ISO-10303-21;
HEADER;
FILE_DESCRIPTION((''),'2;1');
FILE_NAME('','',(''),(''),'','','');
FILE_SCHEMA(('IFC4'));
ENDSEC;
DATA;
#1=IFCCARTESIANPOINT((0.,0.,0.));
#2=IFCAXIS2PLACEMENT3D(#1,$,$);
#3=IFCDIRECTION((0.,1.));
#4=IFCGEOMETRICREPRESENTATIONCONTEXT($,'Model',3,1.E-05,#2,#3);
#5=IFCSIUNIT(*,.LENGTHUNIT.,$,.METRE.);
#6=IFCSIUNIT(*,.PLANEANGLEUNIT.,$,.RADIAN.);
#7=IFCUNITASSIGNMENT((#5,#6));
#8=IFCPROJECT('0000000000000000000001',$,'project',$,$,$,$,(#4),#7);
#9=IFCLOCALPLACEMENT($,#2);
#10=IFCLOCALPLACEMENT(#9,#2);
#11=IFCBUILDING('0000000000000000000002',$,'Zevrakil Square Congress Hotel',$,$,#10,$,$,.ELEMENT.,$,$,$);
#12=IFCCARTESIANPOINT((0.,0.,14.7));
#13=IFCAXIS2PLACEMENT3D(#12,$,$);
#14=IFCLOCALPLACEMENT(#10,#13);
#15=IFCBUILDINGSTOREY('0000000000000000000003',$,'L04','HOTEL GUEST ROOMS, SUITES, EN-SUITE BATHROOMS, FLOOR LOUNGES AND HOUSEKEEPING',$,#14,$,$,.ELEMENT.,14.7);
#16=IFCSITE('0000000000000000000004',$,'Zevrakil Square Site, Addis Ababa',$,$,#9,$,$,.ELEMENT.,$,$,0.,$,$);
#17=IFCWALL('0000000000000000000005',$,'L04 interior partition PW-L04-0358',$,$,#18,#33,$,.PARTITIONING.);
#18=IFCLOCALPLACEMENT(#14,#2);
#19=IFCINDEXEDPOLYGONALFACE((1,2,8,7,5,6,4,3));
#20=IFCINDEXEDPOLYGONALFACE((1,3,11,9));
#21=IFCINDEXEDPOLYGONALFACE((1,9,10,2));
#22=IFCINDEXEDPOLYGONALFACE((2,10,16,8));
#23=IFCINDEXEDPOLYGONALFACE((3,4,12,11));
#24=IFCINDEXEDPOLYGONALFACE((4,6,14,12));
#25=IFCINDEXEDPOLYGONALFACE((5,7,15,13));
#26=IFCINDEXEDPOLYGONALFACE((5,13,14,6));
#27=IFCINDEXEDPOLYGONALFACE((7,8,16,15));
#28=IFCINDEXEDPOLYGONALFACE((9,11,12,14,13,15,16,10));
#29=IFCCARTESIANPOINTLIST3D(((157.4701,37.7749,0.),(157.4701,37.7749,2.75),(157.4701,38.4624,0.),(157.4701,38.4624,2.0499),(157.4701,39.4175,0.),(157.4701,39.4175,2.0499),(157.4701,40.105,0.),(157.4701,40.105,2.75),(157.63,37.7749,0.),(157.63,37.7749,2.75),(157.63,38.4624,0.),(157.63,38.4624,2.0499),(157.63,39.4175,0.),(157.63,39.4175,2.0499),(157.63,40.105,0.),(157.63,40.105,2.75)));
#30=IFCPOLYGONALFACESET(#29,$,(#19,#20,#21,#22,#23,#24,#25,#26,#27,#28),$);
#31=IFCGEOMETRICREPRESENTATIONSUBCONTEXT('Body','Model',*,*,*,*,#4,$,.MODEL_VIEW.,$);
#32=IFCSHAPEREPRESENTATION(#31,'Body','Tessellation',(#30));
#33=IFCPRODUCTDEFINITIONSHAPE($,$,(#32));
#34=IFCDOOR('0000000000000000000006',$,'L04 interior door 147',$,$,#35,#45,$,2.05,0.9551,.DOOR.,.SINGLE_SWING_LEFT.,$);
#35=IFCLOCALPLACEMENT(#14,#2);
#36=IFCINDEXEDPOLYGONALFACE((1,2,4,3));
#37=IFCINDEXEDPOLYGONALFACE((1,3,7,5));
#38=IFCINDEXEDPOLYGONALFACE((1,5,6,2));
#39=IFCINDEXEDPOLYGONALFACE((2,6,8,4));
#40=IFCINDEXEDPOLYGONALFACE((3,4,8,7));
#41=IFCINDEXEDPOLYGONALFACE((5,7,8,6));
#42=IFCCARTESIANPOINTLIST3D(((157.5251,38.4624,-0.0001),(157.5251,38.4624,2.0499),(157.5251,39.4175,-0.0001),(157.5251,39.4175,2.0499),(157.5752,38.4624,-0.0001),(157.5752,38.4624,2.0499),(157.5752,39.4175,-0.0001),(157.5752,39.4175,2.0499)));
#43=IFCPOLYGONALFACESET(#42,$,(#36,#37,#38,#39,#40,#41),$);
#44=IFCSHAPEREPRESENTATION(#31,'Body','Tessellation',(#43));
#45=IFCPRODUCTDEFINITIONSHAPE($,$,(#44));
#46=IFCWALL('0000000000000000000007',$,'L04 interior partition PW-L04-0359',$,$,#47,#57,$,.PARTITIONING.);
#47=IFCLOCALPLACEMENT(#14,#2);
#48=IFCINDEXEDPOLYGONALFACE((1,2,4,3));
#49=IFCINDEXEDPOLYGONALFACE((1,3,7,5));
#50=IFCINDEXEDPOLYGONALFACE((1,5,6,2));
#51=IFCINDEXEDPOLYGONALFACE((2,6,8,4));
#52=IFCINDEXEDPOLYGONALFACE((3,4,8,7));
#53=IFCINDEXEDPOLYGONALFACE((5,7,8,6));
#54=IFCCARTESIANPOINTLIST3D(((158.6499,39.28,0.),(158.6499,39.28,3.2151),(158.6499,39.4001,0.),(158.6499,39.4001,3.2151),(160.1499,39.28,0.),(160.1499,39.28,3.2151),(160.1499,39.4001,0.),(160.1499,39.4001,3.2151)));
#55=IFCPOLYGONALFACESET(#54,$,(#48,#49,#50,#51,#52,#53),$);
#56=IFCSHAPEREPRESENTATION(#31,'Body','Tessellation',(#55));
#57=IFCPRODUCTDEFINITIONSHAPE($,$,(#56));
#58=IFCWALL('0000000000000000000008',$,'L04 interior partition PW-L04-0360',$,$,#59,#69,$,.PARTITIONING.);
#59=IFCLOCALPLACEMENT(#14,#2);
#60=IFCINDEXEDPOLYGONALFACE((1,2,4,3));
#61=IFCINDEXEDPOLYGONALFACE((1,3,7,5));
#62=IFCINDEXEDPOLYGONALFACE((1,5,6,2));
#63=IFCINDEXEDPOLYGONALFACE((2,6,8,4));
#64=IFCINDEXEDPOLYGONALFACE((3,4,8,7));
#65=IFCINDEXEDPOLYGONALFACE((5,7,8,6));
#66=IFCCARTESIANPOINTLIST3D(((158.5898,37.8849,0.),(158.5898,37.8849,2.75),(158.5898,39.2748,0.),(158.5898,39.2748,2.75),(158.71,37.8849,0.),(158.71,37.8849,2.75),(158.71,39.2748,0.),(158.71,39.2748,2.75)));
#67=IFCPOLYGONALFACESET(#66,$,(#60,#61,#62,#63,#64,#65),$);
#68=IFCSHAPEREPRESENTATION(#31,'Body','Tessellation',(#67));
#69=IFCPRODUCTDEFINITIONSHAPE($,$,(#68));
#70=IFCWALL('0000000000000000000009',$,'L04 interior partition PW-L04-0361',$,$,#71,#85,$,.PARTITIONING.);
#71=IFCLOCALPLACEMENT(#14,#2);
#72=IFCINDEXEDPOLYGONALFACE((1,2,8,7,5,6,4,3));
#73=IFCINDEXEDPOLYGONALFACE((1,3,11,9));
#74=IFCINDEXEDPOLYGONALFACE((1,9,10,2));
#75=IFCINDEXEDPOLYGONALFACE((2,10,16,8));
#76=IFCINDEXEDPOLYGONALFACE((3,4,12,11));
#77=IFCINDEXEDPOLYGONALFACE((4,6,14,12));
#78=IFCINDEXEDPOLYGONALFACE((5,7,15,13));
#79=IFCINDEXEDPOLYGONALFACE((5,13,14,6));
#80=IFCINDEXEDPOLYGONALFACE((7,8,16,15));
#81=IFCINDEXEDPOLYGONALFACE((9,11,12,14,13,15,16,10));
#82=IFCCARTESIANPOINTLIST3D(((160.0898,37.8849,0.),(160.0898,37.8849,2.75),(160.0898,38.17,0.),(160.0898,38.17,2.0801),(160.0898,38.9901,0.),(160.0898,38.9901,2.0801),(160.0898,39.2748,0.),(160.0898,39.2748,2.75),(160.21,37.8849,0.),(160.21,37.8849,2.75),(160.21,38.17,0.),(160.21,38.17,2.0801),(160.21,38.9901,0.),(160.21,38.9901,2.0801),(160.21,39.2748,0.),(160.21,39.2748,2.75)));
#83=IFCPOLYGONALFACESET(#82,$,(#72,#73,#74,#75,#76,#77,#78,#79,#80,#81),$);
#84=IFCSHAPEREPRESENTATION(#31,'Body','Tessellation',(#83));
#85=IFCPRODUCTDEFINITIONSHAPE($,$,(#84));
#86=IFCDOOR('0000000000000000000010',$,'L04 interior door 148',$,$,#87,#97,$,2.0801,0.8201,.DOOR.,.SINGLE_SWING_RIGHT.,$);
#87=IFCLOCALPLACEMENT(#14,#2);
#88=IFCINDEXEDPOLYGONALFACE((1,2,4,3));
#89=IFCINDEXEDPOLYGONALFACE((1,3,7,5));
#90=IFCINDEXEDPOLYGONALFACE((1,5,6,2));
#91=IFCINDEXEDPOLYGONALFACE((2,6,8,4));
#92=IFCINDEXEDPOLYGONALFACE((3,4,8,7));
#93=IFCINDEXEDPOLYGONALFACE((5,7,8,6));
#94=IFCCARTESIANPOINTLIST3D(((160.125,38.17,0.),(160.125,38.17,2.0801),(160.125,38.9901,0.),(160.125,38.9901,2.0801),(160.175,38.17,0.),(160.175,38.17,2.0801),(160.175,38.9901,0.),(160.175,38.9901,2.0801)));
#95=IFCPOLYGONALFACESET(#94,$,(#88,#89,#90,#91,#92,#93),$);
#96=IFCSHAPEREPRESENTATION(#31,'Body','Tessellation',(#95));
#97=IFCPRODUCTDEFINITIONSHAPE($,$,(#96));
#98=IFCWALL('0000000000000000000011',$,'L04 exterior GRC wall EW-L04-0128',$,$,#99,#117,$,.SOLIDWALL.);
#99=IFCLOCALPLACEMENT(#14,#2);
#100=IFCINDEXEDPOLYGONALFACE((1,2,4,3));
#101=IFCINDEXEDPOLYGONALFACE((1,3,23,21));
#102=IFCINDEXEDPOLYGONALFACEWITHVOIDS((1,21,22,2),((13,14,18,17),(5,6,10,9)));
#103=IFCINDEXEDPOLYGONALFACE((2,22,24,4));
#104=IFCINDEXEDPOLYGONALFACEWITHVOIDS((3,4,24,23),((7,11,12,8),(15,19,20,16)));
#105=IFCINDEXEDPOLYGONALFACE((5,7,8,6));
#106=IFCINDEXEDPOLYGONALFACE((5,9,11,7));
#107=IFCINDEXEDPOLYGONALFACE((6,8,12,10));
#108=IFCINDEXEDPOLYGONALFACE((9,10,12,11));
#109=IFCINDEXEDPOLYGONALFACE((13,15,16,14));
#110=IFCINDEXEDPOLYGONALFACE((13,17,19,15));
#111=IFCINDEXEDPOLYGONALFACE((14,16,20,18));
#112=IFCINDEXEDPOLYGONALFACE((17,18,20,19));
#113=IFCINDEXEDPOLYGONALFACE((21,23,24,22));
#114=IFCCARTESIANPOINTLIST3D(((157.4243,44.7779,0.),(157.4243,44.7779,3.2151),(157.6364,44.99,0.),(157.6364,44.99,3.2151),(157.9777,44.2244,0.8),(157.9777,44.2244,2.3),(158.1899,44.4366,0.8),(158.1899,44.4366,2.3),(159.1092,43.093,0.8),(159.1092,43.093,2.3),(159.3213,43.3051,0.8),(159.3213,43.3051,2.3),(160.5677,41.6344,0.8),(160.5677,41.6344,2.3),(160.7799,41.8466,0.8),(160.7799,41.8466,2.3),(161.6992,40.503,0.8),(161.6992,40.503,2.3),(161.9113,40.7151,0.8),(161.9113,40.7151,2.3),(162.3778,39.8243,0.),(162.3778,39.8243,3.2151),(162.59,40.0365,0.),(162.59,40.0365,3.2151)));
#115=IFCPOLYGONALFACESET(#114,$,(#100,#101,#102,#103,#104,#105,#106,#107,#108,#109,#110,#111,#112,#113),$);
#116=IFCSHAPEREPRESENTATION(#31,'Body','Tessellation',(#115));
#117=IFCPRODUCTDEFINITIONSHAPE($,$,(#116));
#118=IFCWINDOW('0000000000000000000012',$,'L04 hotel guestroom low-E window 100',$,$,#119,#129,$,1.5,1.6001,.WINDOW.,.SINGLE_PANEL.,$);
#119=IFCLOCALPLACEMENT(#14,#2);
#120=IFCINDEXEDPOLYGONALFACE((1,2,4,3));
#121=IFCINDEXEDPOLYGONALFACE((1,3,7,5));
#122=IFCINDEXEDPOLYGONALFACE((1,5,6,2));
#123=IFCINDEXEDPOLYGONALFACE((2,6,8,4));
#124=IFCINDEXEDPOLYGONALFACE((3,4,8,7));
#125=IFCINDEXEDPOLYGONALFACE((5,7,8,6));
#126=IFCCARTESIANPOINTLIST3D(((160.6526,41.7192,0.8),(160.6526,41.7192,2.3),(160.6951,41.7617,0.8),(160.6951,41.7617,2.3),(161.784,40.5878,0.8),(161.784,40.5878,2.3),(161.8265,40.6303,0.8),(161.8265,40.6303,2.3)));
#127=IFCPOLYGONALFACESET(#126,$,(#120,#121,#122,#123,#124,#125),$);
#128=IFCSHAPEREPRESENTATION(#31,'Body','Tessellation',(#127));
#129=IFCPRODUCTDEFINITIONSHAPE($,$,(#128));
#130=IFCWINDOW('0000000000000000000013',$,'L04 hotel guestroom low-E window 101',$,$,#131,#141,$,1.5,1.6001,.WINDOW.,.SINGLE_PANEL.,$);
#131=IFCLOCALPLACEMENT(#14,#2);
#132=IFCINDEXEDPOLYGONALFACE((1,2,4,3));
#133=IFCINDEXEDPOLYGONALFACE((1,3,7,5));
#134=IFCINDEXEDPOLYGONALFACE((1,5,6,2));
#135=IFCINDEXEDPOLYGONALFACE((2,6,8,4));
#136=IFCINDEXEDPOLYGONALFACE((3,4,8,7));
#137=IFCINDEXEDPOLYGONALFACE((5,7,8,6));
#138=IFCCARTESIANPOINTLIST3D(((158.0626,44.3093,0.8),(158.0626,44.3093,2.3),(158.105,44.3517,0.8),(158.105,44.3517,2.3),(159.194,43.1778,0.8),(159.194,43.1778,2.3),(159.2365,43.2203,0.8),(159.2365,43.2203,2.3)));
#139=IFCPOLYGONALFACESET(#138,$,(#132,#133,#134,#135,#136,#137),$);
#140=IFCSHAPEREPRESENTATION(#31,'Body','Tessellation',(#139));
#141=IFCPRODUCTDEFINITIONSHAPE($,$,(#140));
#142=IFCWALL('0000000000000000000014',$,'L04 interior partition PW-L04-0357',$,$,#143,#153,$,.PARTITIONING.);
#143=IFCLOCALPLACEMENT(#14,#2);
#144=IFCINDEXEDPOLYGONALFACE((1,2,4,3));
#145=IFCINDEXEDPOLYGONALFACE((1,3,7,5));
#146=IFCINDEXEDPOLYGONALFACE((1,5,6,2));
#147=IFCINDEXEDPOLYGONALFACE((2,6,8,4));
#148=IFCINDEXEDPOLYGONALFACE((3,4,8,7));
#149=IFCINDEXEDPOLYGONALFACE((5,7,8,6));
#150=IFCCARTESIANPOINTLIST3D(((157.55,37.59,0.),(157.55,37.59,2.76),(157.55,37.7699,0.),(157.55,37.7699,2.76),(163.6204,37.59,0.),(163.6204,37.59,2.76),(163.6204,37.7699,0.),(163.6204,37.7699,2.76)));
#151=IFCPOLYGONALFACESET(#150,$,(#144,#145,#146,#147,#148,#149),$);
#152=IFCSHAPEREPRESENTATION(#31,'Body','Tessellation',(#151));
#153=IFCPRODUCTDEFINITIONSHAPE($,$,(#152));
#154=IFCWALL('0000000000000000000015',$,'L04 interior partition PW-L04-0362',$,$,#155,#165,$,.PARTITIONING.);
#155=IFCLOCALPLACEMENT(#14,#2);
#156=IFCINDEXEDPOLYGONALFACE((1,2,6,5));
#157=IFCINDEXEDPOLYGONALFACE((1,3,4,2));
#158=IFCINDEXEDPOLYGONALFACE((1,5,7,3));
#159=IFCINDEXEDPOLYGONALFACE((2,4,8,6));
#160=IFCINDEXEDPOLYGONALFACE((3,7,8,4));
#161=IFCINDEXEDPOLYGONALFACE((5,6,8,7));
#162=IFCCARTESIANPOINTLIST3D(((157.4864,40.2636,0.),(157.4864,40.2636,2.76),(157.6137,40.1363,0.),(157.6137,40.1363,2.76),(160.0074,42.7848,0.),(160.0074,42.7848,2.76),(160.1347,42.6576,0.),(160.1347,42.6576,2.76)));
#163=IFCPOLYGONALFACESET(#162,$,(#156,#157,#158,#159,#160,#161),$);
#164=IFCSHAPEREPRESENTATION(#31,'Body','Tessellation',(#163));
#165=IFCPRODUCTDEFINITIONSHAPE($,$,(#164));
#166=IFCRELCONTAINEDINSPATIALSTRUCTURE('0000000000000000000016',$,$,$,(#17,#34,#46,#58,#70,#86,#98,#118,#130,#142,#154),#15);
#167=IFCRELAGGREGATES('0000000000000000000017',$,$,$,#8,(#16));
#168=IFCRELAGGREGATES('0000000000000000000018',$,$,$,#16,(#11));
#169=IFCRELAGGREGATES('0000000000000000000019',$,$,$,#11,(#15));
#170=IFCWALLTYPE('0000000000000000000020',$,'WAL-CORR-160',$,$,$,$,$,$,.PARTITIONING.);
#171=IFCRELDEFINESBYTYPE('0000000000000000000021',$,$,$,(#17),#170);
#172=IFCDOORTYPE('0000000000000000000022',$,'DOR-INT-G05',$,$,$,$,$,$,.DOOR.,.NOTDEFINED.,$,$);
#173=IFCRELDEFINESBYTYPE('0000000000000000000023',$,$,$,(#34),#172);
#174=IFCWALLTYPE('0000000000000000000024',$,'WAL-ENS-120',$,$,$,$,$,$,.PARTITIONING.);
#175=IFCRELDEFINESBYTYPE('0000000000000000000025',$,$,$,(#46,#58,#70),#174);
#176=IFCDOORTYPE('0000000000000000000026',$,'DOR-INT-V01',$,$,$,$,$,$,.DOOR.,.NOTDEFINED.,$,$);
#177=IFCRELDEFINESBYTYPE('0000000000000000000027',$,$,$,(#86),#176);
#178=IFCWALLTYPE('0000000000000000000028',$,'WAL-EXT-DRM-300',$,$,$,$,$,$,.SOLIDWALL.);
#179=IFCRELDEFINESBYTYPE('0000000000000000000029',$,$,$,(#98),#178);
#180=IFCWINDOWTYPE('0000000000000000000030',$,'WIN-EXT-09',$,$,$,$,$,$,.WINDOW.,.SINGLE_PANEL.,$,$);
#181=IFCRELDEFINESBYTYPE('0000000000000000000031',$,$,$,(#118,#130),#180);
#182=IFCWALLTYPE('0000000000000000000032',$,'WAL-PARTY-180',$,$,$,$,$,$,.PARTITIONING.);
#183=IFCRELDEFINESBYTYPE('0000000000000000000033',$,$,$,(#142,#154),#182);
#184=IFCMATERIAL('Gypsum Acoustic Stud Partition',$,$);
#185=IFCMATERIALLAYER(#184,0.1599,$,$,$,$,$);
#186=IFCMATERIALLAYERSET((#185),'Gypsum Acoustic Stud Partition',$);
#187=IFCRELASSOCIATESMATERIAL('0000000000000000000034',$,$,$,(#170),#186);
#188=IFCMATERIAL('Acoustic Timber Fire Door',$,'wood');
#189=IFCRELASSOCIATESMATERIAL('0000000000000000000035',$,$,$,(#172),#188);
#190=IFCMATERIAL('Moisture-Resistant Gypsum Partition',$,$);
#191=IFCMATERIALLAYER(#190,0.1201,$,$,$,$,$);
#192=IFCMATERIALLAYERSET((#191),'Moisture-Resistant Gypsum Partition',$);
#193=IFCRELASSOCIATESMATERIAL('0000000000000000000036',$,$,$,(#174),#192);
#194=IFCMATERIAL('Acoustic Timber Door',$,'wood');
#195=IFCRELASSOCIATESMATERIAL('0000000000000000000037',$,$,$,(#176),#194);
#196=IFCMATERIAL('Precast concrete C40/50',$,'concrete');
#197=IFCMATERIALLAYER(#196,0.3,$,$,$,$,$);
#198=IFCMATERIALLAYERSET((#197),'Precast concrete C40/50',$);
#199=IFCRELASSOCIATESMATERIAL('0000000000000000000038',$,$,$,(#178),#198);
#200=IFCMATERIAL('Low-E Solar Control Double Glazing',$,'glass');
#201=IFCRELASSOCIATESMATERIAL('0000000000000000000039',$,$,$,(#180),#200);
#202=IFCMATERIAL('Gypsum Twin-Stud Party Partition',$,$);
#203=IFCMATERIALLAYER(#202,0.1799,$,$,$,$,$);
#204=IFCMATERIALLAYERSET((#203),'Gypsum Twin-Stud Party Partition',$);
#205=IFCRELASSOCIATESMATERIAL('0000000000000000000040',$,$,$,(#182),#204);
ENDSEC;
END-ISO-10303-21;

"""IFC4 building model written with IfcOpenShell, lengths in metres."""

from ifc_helpers import new_model, si_unit, direction, frame, frame_2d, origin, place, context, subcontext, project, spatial, rectangle, extrude, material, layer, layer_set, type_object, element, fill, save


model = new_model("IFC4")

# Units and contexts
model_context = context("Model", 3, precision=1e-05, world=origin(), true_north=direction((0.0, 1.0)))
body_context = subcontext(model_context, "Body", "Model", "MODEL_VIEW")
ifc_project = project(units=[si_unit("LENGTHUNIT", "METRE"), si_unit("PLANEANGLEUNIT", "RADIAN")], contexts=[model_context])

# Site, building, storey
site_placement = place(None, origin())
site = spatial("IfcSite", under=ifc_project, at=site_placement, Name="Zevrakil Square Site, Addis Ababa", CompositionType="ELEMENT", RefElevation=0.0)
building_placement = place(site_placement, origin())
building = spatial("IfcBuilding", under=site, at=building_placement, Name="Zevrakil Square Congress Hotel", CompositionType="ELEMENT")
storey_placement = place(building_placement, frame((0.0, 0.0, 14.7)))
storey = spatial("IfcBuildingStorey", under=building, at=storey_placement, Name="L04", Description="HOTEL GUEST ROOMS, SUITES, EN-SUITE BATHROOMS, FLOOR LOUNGES AND HOUSEKEEPING", CompositionType="ELEMENT", Elevation=14.7)

# Wall, opening, door
ifc_material_1 = material(Name="Gypsum Acoustic Stud Partition")
ifc_layer_1 = layer(ifc_material_1, 0.1599)
ifc_layer_set_1 = layer_set([ifc_layer_1], Name="Gypsum Acoustic Stud Partition")
wall_type_1 = type_object("IfcWallType", Name="WAL-CORR-160", PredefinedType="PARTITIONING", material=ifc_layer_set_1)
wall_1_placement = place(storey_placement, frame((157.55, 37.7749, 0.0), z_axis=(0.0, 0.0, 1.0), x_axis=(0.0, 1.0, 0.0)))
wall_1 = element("IfcWall", 1, at=wall_1_placement, inside=storey, type_object=wall_type_1, Name="L04 interior partition PW-L04-0358", PredefinedType="PARTITIONING", context=body_context, shape_type="SweptSolid", body=[
    extrude(rectangle(XDim=2.3301, YDim=0.1599, at=frame_2d((1.165, 0.0))), origin(), (0.0, 0.0, 1.0), 2.75),
])
opening_1_placement = place(wall_1_placement, frame((0.6875, 0.0, 0.0)))
opening_1 = element("IfcOpeningElement", 2, at=opening_1_placement, cuts=wall_1, PredefinedType="OPENING", context=body_context, shape_type="SweptSolid", body=[
    extrude(rectangle(XDim=0.9551, YDim=2.05, at=frame_2d((0.4775, 1.0249))), frame((0.0, 0.0898, 0.0), z_axis=(0.0, -1.0, 0.0), x_axis=(1.0, 0.0, 0.0)), (0.0, 0.0, 1.0), 0.1799),
])
ifc_material_2 = material(Name="Acoustic Timber Fire Door", Category="wood")
door_type_1 = type_object("IfcDoorType", Name="DOR-INT-G05", OperationType="NOTDEFINED", PredefinedType="DOOR", material=ifc_material_2)
door_1_placement = place(opening_1_placement, origin())
door_1 = element("IfcDoor", 3, at=door_1_placement, inside=storey, type_object=door_type_1, Name="L04 interior door 147", OperationType="SINGLE_SWING_LEFT", OverallHeight=2.05, OverallWidth=0.9551, PredefinedType="DOOR", context=body_context, shape_type="SweptSolid", body=[
    extrude(rectangle(XDim=0.9551, YDim=2.05, at=frame_2d((0.4775, 1.0249))), frame((0.0, 0.0249, 0.0), z_axis=(0.0, -1.0, 0.0), x_axis=(1.0, 0.0, 0.0)), (0.0, 0.0, 1.0), 0.05),
])
fill(opening_1, door_1)

# Walls
ifc_material_3 = material(Name="Moisture-Resistant Gypsum Partition")
ifc_layer_2 = layer(ifc_material_3, 0.1201)
ifc_layer_set_2 = layer_set([ifc_layer_2], Name="Moisture-Resistant Gypsum Partition")
wall_type_2 = type_object("IfcWallType", Name="WAL-ENS-120", PredefinedType="PARTITIONING", material=ifc_layer_set_2)
wall_2_placement = place(storey_placement, frame((158.6499, 39.3401, 0.0), z_axis=(0.0, 0.0, 1.0), x_axis=(1.0, 0.0, 0.0)))
element("IfcWall", 4, at=wall_2_placement, inside=storey, type_object=wall_type_2, Name="L04 interior partition PW-L04-0359", PredefinedType="PARTITIONING", context=body_context, shape_type="SweptSolid", body=[
    extrude(rectangle(XDim=1.5, YDim=0.1201, at=frame_2d((0.75, 0.0))), origin(), (0.0, 0.0, 1.0), 3.2151),
])
wall_3_placement = place(storey_placement, frame((158.6499, 37.885, 0.0), z_axis=(0.0, 0.0, 1.0), x_axis=(0.0, 1.0, 0.0)))
element("IfcWall", 5, at=wall_3_placement, inside=storey, type_object=wall_type_2, Name="L04 interior partition PW-L04-0360", PredefinedType="PARTITIONING", context=body_context, shape_type="SweptSolid", body=[
    extrude(rectangle(XDim=1.3899, YDim=0.1201, at=frame_2d((0.6948, 0.0))), origin(), (0.0, 0.0, 1.0), 2.75),
])

# Wall, opening, door
wall_4_placement = place(storey_placement, frame((160.1499, 37.885, 0.0), z_axis=(0.0, 0.0, 1.0), x_axis=(0.0, 1.0, 0.0)))
wall_4 = element("IfcWall", 6, at=wall_4_placement, inside=storey, type_object=wall_type_2, Name="L04 interior partition PW-L04-0361", PredefinedType="PARTITIONING", context=body_context, shape_type="SweptSolid", body=[
    extrude(rectangle(XDim=1.3899, YDim=0.1201, at=frame_2d((0.6948, 0.0))), origin(), (0.0, 0.0, 1.0), 2.75),
])
opening_2_placement = place(wall_4_placement, frame((0.2849, 0.0, 0.0)))
opening_2 = element("IfcOpeningElement", 7, at=opening_2_placement, cuts=wall_4, PredefinedType="OPENING", context=body_context, shape_type="SweptSolid", body=[
    extrude(rectangle(XDim=0.8201, YDim=2.0801, at=frame_2d((0.4102, 1.04))), frame((0.0, 0.0701, 0.0), z_axis=(0.0, -1.0, 0.0), x_axis=(1.0, 0.0, 0.0)), (0.0, 0.0, 1.0), 0.1401),
])
ifc_material_4 = material(Name="Acoustic Timber Door", Category="wood")
door_type_2 = type_object("IfcDoorType", Name="DOR-INT-V01", OperationType="NOTDEFINED", PredefinedType="DOOR", material=ifc_material_4)
door_2_placement = place(opening_2_placement, origin())
door_2 = element("IfcDoor", 8, at=door_2_placement, inside=storey, type_object=door_type_2, Name="L04 interior door 148", OperationType="SINGLE_SWING_RIGHT", OverallHeight=2.0801, OverallWidth=0.8201, PredefinedType="DOOR", context=body_context, shape_type="SweptSolid", body=[
    extrude(rectangle(XDim=0.8201, YDim=2.0801, at=frame_2d((0.4102, 1.04))), frame((0.0, 0.0249, 0.0), z_axis=(0.0, -1.0, 0.0), x_axis=(1.0, 0.0, 0.0)), (0.0, 0.0, 1.0), 0.05),
])
fill(opening_2, door_2)

# Wall, openings, windows
ifc_material_5 = material(Name="Precast concrete C40/50", Category="concrete")
ifc_layer_3 = layer(ifc_material_5, 0.3)
ifc_layer_set_3 = layer_set([ifc_layer_3], Name="Precast concrete C40/50")
wall_type_3 = type_object("IfcWallType", Name="WAL-EXT-DRM-300", PredefinedType="SOLIDWALL", material=ifc_layer_set_3)
wall_5_placement = place(storey_placement, frame((162.4839, 39.9304, 0.0), z_axis=(0.0, 0.0, 1.0), x_axis=(-0.707107, 0.707107, 0.0)))
wall_5 = element("IfcWall", 9, at=wall_5_placement, inside=storey, type_object=wall_type_3, Name="L04 exterior GRC wall EW-L04-0128", PredefinedType="SOLIDWALL", context=body_context, shape_type="SweptSolid", body=[
    extrude(rectangle(XDim=7.0054, YDim=0.3, at=frame_2d((3.5027, 0.0))), origin(), (0.0, 0.0, 1.0), 3.2151),
])
opening_3_placement = place(wall_5_placement, frame((0.9597, 0.0, 0.8)))
opening_3 = element("IfcOpeningElement", 10, at=opening_3_placement, cuts=wall_5, PredefinedType="OPENING", context=body_context, shape_type="SweptSolid", body=[
    extrude(rectangle(XDim=1.6001, YDim=1.5, at=frame_2d((0.8, 0.75))), frame((0.0, 0.1602, 0.0), z_axis=(0.0, -1.0, 0.0), x_axis=(1.0, 0.0, 0.0)), (0.0, 0.0, 1.0), 0.3201),
])
opening_4_placement = place(wall_5_placement, frame((4.6226, 0.0, 0.8)))
opening_4 = element("IfcOpeningElement", 11, at=opening_4_placement, cuts=wall_5, PredefinedType="OPENING", context=body_context, shape_type="SweptSolid", body=[
    extrude(rectangle(XDim=1.6001, YDim=1.5, at=frame_2d((0.8, 0.75))), frame((0.0, 0.1602, 0.0), z_axis=(0.0, -1.0, 0.0), x_axis=(1.0, 0.0, 0.0)), (0.0, 0.0, 1.0), 0.3201),
])
ifc_material_6 = material(Name="Low-E Solar Control Double Glazing", Category="glass")
window_type = type_object("IfcWindowType", Name="WIN-EXT-09", PartitioningType="SINGLE_PANEL", PredefinedType="WINDOW", material=ifc_material_6)
window_1_placement = place(opening_3_placement, origin())
window_1 = element("IfcWindow", 12, at=window_1_placement, inside=storey, type_object=window_type, Name="L04 hotel guestroom low-E window 100", OverallHeight=1.5, OverallWidth=1.6001, PartitioningType="SINGLE_PANEL", PredefinedType="WINDOW", context=body_context, shape_type="SweptSolid", body=[
    extrude(rectangle(XDim=1.6001, YDim=1.5, at=frame_2d((0.8, 0.75))), frame((0.0, 0.03, 0.0), z_axis=(0.0, -1.0, 0.0), x_axis=(1.0, 0.0, 0.0)), (0.0, 0.0, 1.0), 0.0601),
])
fill(opening_3, window_1)
window_2_placement = place(opening_4_placement, origin())
window_2 = element("IfcWindow", 13, at=window_2_placement, inside=storey, type_object=window_type, Name="L04 hotel guestroom low-E window 101", OverallHeight=1.5, OverallWidth=1.6001, PartitioningType="SINGLE_PANEL", PredefinedType="WINDOW", context=body_context, shape_type="SweptSolid", body=[
    extrude(rectangle(XDim=1.6001, YDim=1.5, at=frame_2d((0.8, 0.75))), frame((0.0, 0.03, 0.0), z_axis=(0.0, -1.0, 0.0), x_axis=(1.0, 0.0, 0.0)), (0.0, 0.0, 1.0), 0.0601),
])
fill(opening_4, window_2)

# Walls
ifc_material_7 = material(Name="Gypsum Twin-Stud Party Partition")
ifc_layer_4 = layer(ifc_material_7, 0.1799)
ifc_layer_set_4 = layer_set([ifc_layer_4], Name="Gypsum Twin-Stud Party Partition")
wall_type_4 = type_object("IfcWallType", Name="WAL-PARTY-180", PredefinedType="PARTITIONING", material=ifc_layer_set_4)
wall_6_placement = place(storey_placement, frame((157.55, 37.6799, 0.0), z_axis=(0.0, 0.0, 1.0), x_axis=(1.0, 0.0, 0.0)))
element("IfcWall", 14, at=wall_6_placement, inside=storey, type_object=wall_type_4, Name="L04 interior partition PW-L04-0357", PredefinedType="PARTITIONING", context=body_context, shape_type="SweptSolid", body=[
    extrude(rectangle(XDim=6.0703, YDim=0.1799, at=frame_2d((3.0352, 0.0))), origin(), (0.0, 0.0, 1.0), 2.76),
])
wall_7_placement = place(storey_placement, frame((157.55, 40.2, 0.0), z_axis=(0.0, 0.0, 1.0), x_axis=(0.707073, 0.707141, 0.0)))
element("IfcWall", 15, at=wall_7_placement, inside=storey, type_object=wall_type_4, Name="L04 interior partition PW-L04-0362", PredefinedType="PARTITIONING", context=body_context, shape_type="SweptSolid", body=[
    extrude(rectangle(XDim=3.5654, YDim=0.1799, at=frame_2d((1.7827, 0.0))), origin(), (0.0, 0.0, 1.0), 2.76),
])

save(model, "model.ifc")
